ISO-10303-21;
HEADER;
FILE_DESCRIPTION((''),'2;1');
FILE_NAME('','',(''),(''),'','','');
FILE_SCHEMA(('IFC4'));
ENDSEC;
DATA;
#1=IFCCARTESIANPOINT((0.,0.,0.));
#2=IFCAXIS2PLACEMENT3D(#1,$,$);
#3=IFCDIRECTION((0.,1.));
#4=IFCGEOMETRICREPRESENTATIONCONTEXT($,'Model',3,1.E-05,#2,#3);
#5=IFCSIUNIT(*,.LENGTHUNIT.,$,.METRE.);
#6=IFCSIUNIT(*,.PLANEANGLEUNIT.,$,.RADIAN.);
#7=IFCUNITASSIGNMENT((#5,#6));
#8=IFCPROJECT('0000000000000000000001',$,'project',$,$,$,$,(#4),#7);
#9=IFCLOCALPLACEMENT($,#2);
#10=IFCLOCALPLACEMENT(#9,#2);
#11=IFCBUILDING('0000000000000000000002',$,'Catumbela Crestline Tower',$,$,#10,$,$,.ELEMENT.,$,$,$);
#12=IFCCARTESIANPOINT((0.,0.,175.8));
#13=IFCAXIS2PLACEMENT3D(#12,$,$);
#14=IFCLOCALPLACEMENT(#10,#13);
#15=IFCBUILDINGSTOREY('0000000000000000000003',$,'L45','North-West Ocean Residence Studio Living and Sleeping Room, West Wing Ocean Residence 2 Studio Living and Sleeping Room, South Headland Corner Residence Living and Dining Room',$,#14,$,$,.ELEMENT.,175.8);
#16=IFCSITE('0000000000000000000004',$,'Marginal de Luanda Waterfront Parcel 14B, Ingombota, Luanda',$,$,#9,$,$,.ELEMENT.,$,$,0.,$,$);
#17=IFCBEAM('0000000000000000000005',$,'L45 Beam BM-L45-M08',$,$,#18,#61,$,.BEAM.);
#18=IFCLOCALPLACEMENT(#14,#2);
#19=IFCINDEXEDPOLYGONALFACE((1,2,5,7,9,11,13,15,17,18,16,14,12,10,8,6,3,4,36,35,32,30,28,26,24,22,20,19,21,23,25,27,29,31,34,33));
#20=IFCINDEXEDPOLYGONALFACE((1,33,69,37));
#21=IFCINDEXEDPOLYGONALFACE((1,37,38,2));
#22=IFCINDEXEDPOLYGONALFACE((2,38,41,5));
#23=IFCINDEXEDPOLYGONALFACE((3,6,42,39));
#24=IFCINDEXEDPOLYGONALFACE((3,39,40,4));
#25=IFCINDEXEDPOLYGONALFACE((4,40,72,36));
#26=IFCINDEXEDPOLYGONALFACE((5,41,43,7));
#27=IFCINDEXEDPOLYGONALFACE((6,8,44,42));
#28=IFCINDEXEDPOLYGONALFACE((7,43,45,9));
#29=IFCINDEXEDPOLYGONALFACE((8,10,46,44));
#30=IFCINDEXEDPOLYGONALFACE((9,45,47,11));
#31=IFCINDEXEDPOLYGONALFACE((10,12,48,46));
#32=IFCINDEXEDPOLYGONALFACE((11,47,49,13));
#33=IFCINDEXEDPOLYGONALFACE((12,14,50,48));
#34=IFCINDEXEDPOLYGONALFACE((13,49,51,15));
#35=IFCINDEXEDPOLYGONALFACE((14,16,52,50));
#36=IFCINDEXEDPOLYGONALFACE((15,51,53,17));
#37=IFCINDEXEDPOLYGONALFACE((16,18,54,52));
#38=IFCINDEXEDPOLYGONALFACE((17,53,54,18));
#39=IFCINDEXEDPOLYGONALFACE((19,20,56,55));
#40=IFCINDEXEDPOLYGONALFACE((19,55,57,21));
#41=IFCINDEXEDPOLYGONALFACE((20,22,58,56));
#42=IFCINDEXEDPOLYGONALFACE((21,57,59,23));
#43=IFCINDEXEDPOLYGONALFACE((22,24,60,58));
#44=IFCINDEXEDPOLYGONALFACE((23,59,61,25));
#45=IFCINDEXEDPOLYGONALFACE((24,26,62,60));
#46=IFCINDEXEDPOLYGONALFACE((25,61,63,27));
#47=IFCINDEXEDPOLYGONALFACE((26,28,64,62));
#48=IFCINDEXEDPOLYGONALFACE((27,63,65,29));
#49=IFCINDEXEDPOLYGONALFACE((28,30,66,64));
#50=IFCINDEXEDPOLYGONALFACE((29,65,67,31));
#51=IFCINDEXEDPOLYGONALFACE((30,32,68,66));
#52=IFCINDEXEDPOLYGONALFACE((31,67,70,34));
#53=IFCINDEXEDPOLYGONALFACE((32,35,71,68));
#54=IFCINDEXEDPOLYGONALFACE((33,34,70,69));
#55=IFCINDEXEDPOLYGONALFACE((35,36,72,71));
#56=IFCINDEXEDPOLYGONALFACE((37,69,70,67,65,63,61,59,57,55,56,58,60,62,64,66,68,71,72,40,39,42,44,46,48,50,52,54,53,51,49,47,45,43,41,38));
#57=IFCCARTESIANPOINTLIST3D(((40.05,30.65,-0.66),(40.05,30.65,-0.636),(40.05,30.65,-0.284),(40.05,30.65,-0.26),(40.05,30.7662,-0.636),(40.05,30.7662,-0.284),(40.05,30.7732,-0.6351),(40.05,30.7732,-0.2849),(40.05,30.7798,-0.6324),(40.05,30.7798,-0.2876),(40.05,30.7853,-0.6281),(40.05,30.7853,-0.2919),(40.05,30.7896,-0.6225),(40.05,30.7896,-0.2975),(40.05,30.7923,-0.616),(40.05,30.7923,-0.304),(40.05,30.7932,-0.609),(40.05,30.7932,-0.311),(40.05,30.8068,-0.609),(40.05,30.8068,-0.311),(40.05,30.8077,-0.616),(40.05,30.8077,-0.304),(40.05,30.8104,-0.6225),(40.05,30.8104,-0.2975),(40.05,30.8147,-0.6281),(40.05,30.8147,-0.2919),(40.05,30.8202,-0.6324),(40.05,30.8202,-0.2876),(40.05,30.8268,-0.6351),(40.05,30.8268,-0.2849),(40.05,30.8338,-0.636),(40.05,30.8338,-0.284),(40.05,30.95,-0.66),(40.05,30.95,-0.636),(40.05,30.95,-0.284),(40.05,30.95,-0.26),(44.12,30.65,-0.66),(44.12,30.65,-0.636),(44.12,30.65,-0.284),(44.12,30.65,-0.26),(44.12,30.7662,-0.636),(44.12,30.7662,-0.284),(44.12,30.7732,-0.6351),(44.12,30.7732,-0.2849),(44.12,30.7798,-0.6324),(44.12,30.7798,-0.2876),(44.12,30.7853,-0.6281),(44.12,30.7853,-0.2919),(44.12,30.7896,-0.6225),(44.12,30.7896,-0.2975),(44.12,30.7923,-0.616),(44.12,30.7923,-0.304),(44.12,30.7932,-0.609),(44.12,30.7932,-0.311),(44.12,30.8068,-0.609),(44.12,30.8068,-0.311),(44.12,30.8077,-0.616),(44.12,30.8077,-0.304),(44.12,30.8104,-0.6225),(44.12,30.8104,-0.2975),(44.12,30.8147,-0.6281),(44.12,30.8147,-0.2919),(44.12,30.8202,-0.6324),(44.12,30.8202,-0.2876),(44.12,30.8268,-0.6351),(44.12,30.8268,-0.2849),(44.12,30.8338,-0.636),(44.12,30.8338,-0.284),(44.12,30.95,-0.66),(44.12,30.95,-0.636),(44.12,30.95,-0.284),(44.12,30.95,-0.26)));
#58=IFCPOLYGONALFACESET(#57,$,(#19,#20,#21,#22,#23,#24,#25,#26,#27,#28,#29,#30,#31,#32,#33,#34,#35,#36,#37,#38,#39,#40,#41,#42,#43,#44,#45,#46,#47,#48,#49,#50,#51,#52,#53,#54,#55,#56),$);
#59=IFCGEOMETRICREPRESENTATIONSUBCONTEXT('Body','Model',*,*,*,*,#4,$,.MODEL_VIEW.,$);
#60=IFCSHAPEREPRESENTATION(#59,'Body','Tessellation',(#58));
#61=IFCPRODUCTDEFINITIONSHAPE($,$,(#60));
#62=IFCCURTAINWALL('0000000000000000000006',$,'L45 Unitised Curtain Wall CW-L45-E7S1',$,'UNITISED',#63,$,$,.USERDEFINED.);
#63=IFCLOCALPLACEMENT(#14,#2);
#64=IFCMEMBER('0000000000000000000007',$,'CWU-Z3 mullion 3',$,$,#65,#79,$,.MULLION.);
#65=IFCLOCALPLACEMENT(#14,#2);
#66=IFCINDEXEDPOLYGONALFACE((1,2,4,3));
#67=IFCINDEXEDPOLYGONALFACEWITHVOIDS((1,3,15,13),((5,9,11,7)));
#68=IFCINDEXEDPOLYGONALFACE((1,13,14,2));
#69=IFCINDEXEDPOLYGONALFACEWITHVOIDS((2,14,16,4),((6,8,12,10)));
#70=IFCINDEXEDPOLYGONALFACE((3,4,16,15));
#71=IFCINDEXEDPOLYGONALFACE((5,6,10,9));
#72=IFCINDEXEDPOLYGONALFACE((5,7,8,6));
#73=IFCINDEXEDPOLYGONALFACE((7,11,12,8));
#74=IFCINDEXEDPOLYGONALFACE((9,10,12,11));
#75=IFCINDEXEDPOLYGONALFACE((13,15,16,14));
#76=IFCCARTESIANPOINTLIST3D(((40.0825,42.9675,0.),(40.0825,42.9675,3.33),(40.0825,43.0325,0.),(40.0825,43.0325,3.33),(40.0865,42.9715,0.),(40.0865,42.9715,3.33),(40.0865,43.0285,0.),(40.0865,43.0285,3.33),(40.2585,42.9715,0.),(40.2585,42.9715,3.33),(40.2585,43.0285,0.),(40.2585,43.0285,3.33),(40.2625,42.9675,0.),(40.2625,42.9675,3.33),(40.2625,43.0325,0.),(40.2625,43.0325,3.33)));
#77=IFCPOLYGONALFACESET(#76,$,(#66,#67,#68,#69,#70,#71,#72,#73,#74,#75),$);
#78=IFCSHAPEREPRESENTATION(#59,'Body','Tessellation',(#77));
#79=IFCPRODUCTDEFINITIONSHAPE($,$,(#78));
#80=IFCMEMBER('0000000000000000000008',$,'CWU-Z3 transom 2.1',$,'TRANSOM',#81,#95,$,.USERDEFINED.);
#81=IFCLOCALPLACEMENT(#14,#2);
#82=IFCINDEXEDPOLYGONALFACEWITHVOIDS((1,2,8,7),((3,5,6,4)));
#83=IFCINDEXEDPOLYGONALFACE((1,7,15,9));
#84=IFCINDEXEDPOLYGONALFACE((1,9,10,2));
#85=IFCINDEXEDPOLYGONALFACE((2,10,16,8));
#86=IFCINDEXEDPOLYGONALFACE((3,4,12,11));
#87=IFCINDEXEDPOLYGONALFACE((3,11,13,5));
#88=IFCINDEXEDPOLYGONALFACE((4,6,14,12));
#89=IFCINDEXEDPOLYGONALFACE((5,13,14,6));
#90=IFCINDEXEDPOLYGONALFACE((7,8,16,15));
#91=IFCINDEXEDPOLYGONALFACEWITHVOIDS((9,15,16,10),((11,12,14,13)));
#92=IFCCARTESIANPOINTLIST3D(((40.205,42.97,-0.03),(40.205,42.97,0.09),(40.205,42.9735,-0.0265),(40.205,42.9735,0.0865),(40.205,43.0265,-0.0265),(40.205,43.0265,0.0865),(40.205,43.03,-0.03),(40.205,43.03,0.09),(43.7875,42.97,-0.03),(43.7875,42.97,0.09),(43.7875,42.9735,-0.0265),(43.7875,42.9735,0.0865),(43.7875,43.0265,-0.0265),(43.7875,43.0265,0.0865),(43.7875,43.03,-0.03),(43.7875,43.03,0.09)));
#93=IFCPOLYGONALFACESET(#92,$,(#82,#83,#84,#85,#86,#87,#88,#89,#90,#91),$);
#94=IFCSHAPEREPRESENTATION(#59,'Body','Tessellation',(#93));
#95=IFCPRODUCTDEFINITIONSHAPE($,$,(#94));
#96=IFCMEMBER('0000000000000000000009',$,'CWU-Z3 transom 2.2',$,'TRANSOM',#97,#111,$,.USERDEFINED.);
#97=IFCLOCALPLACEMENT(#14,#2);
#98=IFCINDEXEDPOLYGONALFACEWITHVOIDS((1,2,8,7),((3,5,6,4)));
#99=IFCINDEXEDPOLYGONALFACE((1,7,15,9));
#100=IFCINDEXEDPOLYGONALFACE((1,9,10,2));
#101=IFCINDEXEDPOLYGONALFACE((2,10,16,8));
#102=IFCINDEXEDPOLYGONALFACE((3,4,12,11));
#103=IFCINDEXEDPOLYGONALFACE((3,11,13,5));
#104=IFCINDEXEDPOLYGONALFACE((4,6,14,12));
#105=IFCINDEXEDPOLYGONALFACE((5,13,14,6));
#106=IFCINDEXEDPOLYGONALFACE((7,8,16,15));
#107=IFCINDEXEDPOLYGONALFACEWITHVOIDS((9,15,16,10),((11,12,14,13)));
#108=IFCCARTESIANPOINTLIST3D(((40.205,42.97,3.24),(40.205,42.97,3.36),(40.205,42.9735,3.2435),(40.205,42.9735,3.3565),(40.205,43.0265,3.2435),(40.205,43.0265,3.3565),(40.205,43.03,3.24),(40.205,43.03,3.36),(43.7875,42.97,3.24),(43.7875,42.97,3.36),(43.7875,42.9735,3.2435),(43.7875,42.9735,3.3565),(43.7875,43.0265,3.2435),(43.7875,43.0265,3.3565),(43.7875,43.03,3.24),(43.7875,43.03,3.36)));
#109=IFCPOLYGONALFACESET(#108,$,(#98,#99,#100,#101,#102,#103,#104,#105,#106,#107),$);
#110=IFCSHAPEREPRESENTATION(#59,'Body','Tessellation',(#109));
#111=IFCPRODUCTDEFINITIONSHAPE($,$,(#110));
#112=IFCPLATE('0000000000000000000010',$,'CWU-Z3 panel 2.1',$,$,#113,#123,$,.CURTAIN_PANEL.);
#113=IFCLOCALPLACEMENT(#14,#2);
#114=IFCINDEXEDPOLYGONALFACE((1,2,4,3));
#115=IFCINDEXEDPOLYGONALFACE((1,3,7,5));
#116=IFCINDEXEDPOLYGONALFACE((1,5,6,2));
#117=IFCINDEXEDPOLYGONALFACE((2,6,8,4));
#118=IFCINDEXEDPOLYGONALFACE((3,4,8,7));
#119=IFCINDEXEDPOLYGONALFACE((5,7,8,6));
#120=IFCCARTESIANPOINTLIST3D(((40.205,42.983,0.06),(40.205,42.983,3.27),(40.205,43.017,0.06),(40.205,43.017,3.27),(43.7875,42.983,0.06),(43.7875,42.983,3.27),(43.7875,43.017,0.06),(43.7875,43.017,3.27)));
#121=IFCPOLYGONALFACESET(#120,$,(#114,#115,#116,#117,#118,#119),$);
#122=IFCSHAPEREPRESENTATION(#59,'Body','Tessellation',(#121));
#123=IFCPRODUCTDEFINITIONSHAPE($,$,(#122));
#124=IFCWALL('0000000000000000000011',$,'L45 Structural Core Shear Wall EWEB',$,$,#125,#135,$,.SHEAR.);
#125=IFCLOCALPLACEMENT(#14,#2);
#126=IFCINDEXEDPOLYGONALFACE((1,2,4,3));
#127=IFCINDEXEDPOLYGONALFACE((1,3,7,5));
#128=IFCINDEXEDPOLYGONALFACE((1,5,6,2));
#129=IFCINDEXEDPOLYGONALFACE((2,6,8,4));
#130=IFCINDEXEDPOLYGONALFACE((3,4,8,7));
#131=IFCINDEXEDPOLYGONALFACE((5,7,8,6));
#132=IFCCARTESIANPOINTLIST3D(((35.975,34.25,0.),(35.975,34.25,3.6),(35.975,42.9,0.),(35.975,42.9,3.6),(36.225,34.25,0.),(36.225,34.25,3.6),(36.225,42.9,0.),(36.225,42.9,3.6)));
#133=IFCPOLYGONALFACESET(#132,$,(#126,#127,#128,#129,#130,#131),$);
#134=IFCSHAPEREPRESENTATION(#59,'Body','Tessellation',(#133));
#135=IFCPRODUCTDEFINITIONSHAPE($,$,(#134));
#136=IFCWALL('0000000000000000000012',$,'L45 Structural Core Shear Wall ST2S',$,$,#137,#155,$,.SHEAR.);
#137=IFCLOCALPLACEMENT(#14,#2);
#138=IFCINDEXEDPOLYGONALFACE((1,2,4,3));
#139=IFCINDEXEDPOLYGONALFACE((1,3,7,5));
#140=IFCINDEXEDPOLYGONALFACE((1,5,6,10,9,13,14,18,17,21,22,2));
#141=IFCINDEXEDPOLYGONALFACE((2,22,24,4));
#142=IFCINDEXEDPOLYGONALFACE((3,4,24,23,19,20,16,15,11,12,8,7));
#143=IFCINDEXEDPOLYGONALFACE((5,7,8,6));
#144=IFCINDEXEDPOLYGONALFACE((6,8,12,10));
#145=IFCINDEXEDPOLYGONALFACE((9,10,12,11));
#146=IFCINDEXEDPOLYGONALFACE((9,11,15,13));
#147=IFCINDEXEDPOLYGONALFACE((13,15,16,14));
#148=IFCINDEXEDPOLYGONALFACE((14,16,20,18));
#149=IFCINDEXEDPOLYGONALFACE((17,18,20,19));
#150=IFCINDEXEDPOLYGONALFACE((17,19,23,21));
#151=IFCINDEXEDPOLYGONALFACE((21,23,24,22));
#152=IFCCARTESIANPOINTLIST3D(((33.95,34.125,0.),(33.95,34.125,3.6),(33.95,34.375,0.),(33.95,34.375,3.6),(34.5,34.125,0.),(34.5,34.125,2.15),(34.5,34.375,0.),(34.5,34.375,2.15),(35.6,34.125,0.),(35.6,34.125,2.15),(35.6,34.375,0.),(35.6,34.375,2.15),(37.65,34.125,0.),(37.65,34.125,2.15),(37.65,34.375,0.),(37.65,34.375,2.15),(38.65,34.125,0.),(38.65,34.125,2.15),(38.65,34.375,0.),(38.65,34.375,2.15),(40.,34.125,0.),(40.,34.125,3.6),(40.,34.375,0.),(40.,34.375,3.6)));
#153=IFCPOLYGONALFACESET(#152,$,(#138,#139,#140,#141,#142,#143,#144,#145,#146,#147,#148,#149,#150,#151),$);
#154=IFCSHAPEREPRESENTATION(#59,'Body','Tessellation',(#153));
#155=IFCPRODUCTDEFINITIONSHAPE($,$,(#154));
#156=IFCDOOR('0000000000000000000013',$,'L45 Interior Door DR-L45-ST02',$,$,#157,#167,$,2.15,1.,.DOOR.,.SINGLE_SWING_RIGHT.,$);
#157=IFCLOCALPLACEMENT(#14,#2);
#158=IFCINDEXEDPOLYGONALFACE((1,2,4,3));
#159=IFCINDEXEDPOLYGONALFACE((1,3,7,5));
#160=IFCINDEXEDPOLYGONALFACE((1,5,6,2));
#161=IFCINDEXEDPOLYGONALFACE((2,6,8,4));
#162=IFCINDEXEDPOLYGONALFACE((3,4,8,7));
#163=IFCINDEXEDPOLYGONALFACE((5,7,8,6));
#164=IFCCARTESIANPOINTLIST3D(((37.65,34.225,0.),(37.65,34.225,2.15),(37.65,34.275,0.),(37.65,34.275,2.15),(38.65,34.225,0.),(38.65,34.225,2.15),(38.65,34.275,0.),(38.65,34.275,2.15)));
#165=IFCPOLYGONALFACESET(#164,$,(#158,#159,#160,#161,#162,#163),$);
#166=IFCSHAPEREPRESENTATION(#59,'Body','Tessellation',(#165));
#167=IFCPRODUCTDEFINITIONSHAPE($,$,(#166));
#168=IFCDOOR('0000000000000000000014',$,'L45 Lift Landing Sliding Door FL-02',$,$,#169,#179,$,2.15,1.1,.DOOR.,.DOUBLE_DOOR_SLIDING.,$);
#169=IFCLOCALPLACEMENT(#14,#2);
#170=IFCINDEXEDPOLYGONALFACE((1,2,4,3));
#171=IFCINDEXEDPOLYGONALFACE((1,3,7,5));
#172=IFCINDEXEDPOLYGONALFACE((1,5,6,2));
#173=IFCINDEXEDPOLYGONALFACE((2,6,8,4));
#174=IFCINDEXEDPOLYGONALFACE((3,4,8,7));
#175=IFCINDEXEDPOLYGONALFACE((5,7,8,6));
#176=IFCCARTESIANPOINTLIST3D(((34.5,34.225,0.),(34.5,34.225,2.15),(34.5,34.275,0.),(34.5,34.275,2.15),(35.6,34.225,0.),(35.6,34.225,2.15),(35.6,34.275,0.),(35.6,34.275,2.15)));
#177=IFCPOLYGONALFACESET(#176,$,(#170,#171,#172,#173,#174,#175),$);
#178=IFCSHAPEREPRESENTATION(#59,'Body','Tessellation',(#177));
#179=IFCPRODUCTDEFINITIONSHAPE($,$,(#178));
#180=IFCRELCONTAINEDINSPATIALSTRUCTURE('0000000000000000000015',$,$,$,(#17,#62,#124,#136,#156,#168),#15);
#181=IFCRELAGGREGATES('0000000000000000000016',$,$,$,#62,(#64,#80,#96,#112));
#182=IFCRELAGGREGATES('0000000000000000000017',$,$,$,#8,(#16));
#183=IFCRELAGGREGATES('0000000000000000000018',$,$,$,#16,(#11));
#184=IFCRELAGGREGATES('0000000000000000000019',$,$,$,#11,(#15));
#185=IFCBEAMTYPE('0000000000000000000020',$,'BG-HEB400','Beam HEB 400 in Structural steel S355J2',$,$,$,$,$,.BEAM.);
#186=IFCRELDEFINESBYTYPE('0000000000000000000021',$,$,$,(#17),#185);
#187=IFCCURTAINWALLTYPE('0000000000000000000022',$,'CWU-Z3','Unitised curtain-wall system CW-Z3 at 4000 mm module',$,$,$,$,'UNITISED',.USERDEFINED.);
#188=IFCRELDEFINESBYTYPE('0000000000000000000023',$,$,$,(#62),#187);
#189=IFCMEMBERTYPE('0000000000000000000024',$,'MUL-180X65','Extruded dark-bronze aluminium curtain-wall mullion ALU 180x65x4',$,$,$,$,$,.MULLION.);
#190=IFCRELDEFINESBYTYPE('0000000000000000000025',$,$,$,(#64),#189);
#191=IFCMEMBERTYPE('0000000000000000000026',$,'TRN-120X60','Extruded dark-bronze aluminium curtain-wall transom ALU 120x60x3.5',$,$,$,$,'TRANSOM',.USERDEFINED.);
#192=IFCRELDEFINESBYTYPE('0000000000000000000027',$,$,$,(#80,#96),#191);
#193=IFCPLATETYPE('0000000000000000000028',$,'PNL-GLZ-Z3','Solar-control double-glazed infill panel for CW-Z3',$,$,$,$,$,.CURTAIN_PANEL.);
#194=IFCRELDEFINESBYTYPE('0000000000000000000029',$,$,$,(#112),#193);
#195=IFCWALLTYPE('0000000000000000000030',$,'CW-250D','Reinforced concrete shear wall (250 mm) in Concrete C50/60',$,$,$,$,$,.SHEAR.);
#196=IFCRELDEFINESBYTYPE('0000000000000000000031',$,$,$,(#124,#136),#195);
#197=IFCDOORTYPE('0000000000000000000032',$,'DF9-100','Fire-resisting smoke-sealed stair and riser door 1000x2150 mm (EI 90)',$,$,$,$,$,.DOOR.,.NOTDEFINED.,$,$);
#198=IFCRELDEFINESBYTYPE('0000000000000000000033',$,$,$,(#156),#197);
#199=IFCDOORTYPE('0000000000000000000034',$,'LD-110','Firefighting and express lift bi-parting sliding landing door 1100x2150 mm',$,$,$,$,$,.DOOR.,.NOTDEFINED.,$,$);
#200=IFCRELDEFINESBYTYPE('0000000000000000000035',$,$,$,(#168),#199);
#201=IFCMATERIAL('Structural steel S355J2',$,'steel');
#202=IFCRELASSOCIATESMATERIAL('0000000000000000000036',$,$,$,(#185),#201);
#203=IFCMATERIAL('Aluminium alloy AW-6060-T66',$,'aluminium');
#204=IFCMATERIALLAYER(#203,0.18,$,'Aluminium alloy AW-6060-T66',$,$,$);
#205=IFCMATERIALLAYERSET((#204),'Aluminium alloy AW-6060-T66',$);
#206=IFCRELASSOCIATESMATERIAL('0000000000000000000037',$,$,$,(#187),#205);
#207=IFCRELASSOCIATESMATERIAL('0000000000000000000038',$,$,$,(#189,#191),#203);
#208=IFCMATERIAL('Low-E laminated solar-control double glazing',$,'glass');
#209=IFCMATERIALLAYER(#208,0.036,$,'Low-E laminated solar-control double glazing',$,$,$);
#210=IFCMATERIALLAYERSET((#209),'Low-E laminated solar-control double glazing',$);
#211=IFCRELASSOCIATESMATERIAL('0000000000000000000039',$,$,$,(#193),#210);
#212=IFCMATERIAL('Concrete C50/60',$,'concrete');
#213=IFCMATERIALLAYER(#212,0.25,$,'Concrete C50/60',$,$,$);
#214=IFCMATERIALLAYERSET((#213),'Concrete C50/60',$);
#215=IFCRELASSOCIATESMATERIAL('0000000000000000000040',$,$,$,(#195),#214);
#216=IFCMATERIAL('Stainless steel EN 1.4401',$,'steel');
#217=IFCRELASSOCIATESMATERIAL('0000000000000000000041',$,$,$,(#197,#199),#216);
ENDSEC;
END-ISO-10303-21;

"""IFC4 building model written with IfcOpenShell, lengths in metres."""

from ifc_helpers import new_model, si_unit, direction, frame, frame_2d, origin, origin_2d, place, context, subcontext, project, spatial, rectangle, hollow_rectangle, i_section, extrude, material, layer, layer_set, material_profile, profile_set, type_object, element, fill, aggregate, save


model = new_model("IFC4")

# Units and contexts
model_context = context("Model", 3, precision=1e-05, world=origin(), true_north=direction((0.0, 1.0)))
body_context = subcontext(model_context, "Body", "Model", "MODEL_VIEW")
ifc_project = project(units=[si_unit("LENGTHUNIT", "METRE"), si_unit("PLANEANGLEUNIT", "RADIAN")], contexts=[model_context])

# Site, building, storey
site_placement = place(None, origin())
site = spatial("IfcSite", under=ifc_project, at=site_placement, Name="Marginal de Luanda Waterfront Parcel 14B, Ingombota, Luanda", CompositionType="ELEMENT", RefElevation=0.0)
building_placement = place(site_placement, origin())
building = spatial("IfcBuilding", under=site, at=building_placement, Name="Catumbela Crestline Tower", CompositionType="ELEMENT")
storey_placement = place(building_placement, frame((0.0, 0.0, 175.8)))
storey = spatial("IfcBuildingStorey", under=building, at=storey_placement, Name="L45", Description="North-West Ocean Residence Studio Living and Sleeping Room, West Wing Ocean Residence 2 Studio Living and Sleeping Room, South Headland Corner Residence Living and Dining Room", CompositionType="ELEMENT", Elevation=175.8)

# Beam
ifc_material_1 = material(Name="Structural steel S355J2", Category="steel")
ifc_material_profile_1 = material_profile(ifc_material_1, i_section(OverallWidth=0.3, OverallDepth=0.4, WebThickness=0.0135, FlangeThickness=0.024, FilletRadius=0.027, at=origin_2d()), Name="HEB 400")
ifc_profile_set_1 = profile_set([ifc_material_profile_1], Name="Structural steel S355J2")
beam_type = type_object("IfcBeamType", Name="BG-HEB400", Description="Beam HEB 400 in Structural steel S355J2", PredefinedType="BEAM", material=ifc_profile_set_1)
beam_placement = place(storey_placement, frame((40.05, 30.8, -0.46), z_axis=(1.0, 0.0, 0.0), x_axis=(0.0, 1.0, 0.0)))
element("IfcBeam", 1, at=beam_placement, inside=storey, type_object=beam_type, Name="L45 Beam BM-L45-M08", PredefinedType="BEAM", context=body_context, shape_type="SweptSolid", body=[
    extrude(i_section(OverallWidth=0.3, OverallDepth=0.4, WebThickness=0.0135, FlangeThickness=0.024, FilletRadius=0.027, at=origin_2d()), origin(), (0.0, 0.0, 1.0), 4.07),
])

# Curtain wall, members, plate
ifc_material_2 = material(Name="Aluminium alloy AW-6060-T66", Category="aluminium")
ifc_layer_1 = layer(ifc_material_2, 0.18, Name="Aluminium alloy AW-6060-T66")
ifc_layer_set_1 = layer_set([ifc_layer_1], Name="Aluminium alloy AW-6060-T66")
curtain_wall_type = type_object("IfcCurtainWallType", Name="CWU-Z3", Description="Unitised curtain-wall system CW-Z3 at 4000 mm module", ElementType="UNITISED", PredefinedType="USERDEFINED", material=ifc_layer_set_1)
curtain_wall_placement = place(storey_placement, origin())
curtain_wall = element("IfcCurtainWall", 2, at=curtain_wall_placement, inside=storey, type_object=curtain_wall_type, Name="L45 Unitised Curtain Wall CW-L45-E7S1", ObjectType="UNITISED", PredefinedType="USERDEFINED")
ifc_material_profile_2 = material_profile(ifc_material_2, hollow_rectangle(XDim=0.065, YDim=0.18, WallThickness=0.004, at=origin_2d()), Name="ALU 180x65x4")
ifc_profile_set_2 = profile_set([ifc_material_profile_2], Name="Aluminium alloy AW-6060-T66")
member_type_1 = type_object("IfcMemberType", Name="MUL-180X65", Description="Extruded dark-bronze aluminium curtain-wall mullion ALU 180x65x4", PredefinedType="MULLION", material=ifc_profile_set_2)
member_1_placement = place(storey_placement, frame((40.1725, 43.0, 0.0), z_axis=(0.0, 0.0, 1.0), x_axis=(0.0, -1.0, 0.0)))
member_1 = element("IfcMember", 3, at=member_1_placement, type_object=member_type_1, Name="CWU-Z3 mullion 3", PredefinedType="MULLION", context=body_context, shape_type="SweptSolid", body=[
    extrude(hollow_rectangle(XDim=0.065, YDim=0.18, WallThickness=0.004, at=origin_2d()), origin(), (0.0, 0.0, 1.0), 3.33),
])
ifc_material_profile_3 = material_profile(ifc_material_2, hollow_rectangle(XDim=0.06, YDim=0.12, WallThickness=0.0035, at=origin_2d()), Name="ALU 120x60x3.5")
ifc_profile_set_3 = profile_set([ifc_material_profile_3], Name="Aluminium alloy AW-6060-T66")
member_type_2 = type_object("IfcMemberType", Name="TRN-120X60", Description="Extruded dark-bronze aluminium curtain-wall transom ALU 120x60x3.5", ElementType="TRANSOM", PredefinedType="USERDEFINED", material=ifc_profile_set_3)
member_2_placement = place(storey_placement, frame((43.7875, 43.0, 0.03), z_axis=(-1.0, 0.0, 0.0), x_axis=(0.0, -1.0, 0.0)))
member_2 = element("IfcMember", 4, at=member_2_placement, type_object=member_type_2, Name="CWU-Z3 transom 2.1", ObjectType="TRANSOM", PredefinedType="USERDEFINED", context=body_context, shape_type="SweptSolid", body=[
    extrude(hollow_rectangle(XDim=0.06, YDim=0.12, WallThickness=0.0035, at=origin_2d()), origin(), (0.0, 0.0, 1.0), 3.5825),
])
member_3_placement = place(storey_placement, frame((43.7875, 43.0, 3.3), z_axis=(-1.0, 0.0, 0.0), x_axis=(0.0, -1.0, 0.0)))
member_3 = element("IfcMember", 5, at=member_3_placement, type_object=member_type_2, Name="CWU-Z3 transom 2.2", ObjectType="TRANSOM", PredefinedType="USERDEFINED", context=body_context, shape_type="SweptSolid", body=[
    extrude(hollow_rectangle(XDim=0.06, YDim=0.12, WallThickness=0.0035, at=origin_2d()), origin(), (0.0, 0.0, 1.0), 3.5825),
])
ifc_material_3 = material(Name="Low-E laminated solar-control double glazing", Category="glass")
ifc_layer_2 = layer(ifc_material_3, 0.036, Name="Low-E laminated solar-control double glazing")
ifc_layer_set_2 = layer_set([ifc_layer_2], Name="Low-E laminated solar-control double glazing")
plate_type = type_object("IfcPlateType", Name="PNL-GLZ-Z3", Description="Solar-control double-glazed infill panel for CW-Z3", PredefinedType="CURTAIN_PANEL", material=ifc_layer_set_2)
plate_placement = place(storey_placement, frame((41.9963, 43.0, 0.06), z_axis=(0.0, 0.0, 1.0), x_axis=(-1.0, 0.0, 0.0)))
plate = element("IfcPlate", 6, at=plate_placement, type_object=plate_type, Name="CWU-Z3 panel 2.1", PredefinedType="CURTAIN_PANEL", context=body_context, shape_type="SweptSolid", body=[
    extrude(rectangle(XDim=3.5825, YDim=0.034, at=origin_2d()), origin(), (0.0, 0.0, 1.0), 3.21),
])
aggregate(curtain_wall, [member_1, member_2, member_3, plate])

# Wall
ifc_material_4 = material(Name="Concrete C50/60", Category="concrete")
ifc_layer_3 = layer(ifc_material_4, 0.25, Name="Concrete C50/60")
ifc_layer_set_3 = layer_set([ifc_layer_3], Name="Concrete C50/60")
wall_type_1 = type_object("IfcWallType", Name="CW-250D", Description="Reinforced concrete shear wall (250 mm) in Concrete C50/60", PredefinedType="SHEAR", material=ifc_layer_set_3)
wall_1_placement = place(storey_placement, frame((36.1, 34.25, 0.0), z_axis=(0.0, 0.0, 1.0), x_axis=(0.0, 1.0, 0.0)))
element("IfcWall", 7, at=wall_1_placement, inside=storey, type_object=wall_type_1, Name="L45 Structural Core Shear Wall EWEB", PredefinedType="SHEAR", context=body_context, shape_type="SweptSolid", body=[
    extrude(rectangle(XDim=8.65, YDim=0.25, at=frame_2d((4.325, 0.0))), origin(), (0.0, 0.0, 1.0), 3.6),
])

# Wall, openings, doors
wall_2_placement = place(storey_placement, frame((33.95, 34.25, 0.0), z_axis=(0.0, 0.0, 1.0), x_axis=(1.0, 0.0, 0.0)))
wall_2 = element("IfcWall", 8, at=wall_2_placement, inside=storey, type_object=wall_type_1, Name="L45 Structural Core Shear Wall ST2S", PredefinedType="SHEAR", context=body_context, shape_type="SweptSolid", body=[
    extrude(rectangle(XDim=6.05, YDim=0.25, at=frame_2d((3.025, 0.0))), origin(), (0.0, 0.0, 1.0), 3.6),
])
opening_1_placement = place(wall_2_placement, frame((3.7, 0.0, 0.0)))
opening_1 = element("IfcOpeningElement", 9, at=opening_1_placement, cuts=wall_2, PredefinedType="OPENING", context=body_context, shape_type="SweptSolid", body=[
    extrude(rectangle(XDim=1.0, YDim=2.15, at=frame_2d((0.5, 1.075))), frame((0.0, 0.135, 0.0), z_axis=(0.0, -1.0, 0.0), x_axis=(1.0, 0.0, 0.0)), (0.0, 0.0, 1.0), 0.27),
])
opening_2_placement = place(wall_2_placement, frame((0.55, 0.0, 0.0)))
opening_2 = element("IfcOpeningElement", 10, at=opening_2_placement, cuts=wall_2, PredefinedType="OPENING", context=body_context, shape_type="SweptSolid", body=[
    extrude(rectangle(XDim=1.1, YDim=2.15, at=frame_2d((0.55, 1.075))), frame((0.0, 0.135, 0.0), z_axis=(0.0, -1.0, 0.0), x_axis=(1.0, 0.0, 0.0)), (0.0, 0.0, 1.0), 0.27),
])
ifc_material_5 = material(Name="Stainless steel EN 1.4401", Category="steel")
door_type_1 = type_object("IfcDoorType", Name="DF9-100", Description="Fire-resisting smoke-sealed stair and riser door 1000x2150 mm (EI 90)", OperationType="NOTDEFINED", PredefinedType="DOOR", material=ifc_material_5)
door_1_placement = place(opening_1_placement, origin())
door_1 = element("IfcDoor", 11, at=door_1_placement, inside=storey, type_object=door_type_1, Name="L45 Interior Door DR-L45-ST02", OperationType="SINGLE_SWING_RIGHT", OverallHeight=2.15, OverallWidth=1.0, PredefinedType="DOOR", context=body_context, shape_type="SweptSolid", body=[
    extrude(rectangle(XDim=1.0, YDim=2.15, at=frame_2d((0.5, 1.075))), frame((0.0, 0.025, 0.0), z_axis=(0.0, -1.0, 0.0), x_axis=(1.0, 0.0, 0.0)), (0.0, 0.0, 1.0), 0.05),
])
fill(opening_1, door_1)
door_type_2 = type_object("IfcDoorType", Name="LD-110", Description="Firefighting and express lift bi-parting sliding landing door 1100x2150 mm", OperationType="NOTDEFINED", PredefinedType="DOOR", material=ifc_material_5)
door_2_placement = place(opening_2_placement, origin())
door_2 = element("IfcDoor", 12, at=door_2_placement, inside=storey, type_object=door_type_2, Name="L45 Lift Landing Sliding Door FL-02", OperationType="DOUBLE_DOOR_SLIDING", OverallHeight=2.15, OverallWidth=1.1, PredefinedType="DOOR", context=body_context, shape_type="SweptSolid", body=[
    extrude(rectangle(XDim=1.1, YDim=2.15, at=frame_2d((0.55, 1.075))), frame((0.0, 0.025, 0.0), z_axis=(0.0, -1.0, 0.0), x_axis=(1.0, 0.0, 0.0)), (0.0, 0.0, 1.0), 0.05),
])
fill(opening_2, door_2)

save(model, "model.ifc")
